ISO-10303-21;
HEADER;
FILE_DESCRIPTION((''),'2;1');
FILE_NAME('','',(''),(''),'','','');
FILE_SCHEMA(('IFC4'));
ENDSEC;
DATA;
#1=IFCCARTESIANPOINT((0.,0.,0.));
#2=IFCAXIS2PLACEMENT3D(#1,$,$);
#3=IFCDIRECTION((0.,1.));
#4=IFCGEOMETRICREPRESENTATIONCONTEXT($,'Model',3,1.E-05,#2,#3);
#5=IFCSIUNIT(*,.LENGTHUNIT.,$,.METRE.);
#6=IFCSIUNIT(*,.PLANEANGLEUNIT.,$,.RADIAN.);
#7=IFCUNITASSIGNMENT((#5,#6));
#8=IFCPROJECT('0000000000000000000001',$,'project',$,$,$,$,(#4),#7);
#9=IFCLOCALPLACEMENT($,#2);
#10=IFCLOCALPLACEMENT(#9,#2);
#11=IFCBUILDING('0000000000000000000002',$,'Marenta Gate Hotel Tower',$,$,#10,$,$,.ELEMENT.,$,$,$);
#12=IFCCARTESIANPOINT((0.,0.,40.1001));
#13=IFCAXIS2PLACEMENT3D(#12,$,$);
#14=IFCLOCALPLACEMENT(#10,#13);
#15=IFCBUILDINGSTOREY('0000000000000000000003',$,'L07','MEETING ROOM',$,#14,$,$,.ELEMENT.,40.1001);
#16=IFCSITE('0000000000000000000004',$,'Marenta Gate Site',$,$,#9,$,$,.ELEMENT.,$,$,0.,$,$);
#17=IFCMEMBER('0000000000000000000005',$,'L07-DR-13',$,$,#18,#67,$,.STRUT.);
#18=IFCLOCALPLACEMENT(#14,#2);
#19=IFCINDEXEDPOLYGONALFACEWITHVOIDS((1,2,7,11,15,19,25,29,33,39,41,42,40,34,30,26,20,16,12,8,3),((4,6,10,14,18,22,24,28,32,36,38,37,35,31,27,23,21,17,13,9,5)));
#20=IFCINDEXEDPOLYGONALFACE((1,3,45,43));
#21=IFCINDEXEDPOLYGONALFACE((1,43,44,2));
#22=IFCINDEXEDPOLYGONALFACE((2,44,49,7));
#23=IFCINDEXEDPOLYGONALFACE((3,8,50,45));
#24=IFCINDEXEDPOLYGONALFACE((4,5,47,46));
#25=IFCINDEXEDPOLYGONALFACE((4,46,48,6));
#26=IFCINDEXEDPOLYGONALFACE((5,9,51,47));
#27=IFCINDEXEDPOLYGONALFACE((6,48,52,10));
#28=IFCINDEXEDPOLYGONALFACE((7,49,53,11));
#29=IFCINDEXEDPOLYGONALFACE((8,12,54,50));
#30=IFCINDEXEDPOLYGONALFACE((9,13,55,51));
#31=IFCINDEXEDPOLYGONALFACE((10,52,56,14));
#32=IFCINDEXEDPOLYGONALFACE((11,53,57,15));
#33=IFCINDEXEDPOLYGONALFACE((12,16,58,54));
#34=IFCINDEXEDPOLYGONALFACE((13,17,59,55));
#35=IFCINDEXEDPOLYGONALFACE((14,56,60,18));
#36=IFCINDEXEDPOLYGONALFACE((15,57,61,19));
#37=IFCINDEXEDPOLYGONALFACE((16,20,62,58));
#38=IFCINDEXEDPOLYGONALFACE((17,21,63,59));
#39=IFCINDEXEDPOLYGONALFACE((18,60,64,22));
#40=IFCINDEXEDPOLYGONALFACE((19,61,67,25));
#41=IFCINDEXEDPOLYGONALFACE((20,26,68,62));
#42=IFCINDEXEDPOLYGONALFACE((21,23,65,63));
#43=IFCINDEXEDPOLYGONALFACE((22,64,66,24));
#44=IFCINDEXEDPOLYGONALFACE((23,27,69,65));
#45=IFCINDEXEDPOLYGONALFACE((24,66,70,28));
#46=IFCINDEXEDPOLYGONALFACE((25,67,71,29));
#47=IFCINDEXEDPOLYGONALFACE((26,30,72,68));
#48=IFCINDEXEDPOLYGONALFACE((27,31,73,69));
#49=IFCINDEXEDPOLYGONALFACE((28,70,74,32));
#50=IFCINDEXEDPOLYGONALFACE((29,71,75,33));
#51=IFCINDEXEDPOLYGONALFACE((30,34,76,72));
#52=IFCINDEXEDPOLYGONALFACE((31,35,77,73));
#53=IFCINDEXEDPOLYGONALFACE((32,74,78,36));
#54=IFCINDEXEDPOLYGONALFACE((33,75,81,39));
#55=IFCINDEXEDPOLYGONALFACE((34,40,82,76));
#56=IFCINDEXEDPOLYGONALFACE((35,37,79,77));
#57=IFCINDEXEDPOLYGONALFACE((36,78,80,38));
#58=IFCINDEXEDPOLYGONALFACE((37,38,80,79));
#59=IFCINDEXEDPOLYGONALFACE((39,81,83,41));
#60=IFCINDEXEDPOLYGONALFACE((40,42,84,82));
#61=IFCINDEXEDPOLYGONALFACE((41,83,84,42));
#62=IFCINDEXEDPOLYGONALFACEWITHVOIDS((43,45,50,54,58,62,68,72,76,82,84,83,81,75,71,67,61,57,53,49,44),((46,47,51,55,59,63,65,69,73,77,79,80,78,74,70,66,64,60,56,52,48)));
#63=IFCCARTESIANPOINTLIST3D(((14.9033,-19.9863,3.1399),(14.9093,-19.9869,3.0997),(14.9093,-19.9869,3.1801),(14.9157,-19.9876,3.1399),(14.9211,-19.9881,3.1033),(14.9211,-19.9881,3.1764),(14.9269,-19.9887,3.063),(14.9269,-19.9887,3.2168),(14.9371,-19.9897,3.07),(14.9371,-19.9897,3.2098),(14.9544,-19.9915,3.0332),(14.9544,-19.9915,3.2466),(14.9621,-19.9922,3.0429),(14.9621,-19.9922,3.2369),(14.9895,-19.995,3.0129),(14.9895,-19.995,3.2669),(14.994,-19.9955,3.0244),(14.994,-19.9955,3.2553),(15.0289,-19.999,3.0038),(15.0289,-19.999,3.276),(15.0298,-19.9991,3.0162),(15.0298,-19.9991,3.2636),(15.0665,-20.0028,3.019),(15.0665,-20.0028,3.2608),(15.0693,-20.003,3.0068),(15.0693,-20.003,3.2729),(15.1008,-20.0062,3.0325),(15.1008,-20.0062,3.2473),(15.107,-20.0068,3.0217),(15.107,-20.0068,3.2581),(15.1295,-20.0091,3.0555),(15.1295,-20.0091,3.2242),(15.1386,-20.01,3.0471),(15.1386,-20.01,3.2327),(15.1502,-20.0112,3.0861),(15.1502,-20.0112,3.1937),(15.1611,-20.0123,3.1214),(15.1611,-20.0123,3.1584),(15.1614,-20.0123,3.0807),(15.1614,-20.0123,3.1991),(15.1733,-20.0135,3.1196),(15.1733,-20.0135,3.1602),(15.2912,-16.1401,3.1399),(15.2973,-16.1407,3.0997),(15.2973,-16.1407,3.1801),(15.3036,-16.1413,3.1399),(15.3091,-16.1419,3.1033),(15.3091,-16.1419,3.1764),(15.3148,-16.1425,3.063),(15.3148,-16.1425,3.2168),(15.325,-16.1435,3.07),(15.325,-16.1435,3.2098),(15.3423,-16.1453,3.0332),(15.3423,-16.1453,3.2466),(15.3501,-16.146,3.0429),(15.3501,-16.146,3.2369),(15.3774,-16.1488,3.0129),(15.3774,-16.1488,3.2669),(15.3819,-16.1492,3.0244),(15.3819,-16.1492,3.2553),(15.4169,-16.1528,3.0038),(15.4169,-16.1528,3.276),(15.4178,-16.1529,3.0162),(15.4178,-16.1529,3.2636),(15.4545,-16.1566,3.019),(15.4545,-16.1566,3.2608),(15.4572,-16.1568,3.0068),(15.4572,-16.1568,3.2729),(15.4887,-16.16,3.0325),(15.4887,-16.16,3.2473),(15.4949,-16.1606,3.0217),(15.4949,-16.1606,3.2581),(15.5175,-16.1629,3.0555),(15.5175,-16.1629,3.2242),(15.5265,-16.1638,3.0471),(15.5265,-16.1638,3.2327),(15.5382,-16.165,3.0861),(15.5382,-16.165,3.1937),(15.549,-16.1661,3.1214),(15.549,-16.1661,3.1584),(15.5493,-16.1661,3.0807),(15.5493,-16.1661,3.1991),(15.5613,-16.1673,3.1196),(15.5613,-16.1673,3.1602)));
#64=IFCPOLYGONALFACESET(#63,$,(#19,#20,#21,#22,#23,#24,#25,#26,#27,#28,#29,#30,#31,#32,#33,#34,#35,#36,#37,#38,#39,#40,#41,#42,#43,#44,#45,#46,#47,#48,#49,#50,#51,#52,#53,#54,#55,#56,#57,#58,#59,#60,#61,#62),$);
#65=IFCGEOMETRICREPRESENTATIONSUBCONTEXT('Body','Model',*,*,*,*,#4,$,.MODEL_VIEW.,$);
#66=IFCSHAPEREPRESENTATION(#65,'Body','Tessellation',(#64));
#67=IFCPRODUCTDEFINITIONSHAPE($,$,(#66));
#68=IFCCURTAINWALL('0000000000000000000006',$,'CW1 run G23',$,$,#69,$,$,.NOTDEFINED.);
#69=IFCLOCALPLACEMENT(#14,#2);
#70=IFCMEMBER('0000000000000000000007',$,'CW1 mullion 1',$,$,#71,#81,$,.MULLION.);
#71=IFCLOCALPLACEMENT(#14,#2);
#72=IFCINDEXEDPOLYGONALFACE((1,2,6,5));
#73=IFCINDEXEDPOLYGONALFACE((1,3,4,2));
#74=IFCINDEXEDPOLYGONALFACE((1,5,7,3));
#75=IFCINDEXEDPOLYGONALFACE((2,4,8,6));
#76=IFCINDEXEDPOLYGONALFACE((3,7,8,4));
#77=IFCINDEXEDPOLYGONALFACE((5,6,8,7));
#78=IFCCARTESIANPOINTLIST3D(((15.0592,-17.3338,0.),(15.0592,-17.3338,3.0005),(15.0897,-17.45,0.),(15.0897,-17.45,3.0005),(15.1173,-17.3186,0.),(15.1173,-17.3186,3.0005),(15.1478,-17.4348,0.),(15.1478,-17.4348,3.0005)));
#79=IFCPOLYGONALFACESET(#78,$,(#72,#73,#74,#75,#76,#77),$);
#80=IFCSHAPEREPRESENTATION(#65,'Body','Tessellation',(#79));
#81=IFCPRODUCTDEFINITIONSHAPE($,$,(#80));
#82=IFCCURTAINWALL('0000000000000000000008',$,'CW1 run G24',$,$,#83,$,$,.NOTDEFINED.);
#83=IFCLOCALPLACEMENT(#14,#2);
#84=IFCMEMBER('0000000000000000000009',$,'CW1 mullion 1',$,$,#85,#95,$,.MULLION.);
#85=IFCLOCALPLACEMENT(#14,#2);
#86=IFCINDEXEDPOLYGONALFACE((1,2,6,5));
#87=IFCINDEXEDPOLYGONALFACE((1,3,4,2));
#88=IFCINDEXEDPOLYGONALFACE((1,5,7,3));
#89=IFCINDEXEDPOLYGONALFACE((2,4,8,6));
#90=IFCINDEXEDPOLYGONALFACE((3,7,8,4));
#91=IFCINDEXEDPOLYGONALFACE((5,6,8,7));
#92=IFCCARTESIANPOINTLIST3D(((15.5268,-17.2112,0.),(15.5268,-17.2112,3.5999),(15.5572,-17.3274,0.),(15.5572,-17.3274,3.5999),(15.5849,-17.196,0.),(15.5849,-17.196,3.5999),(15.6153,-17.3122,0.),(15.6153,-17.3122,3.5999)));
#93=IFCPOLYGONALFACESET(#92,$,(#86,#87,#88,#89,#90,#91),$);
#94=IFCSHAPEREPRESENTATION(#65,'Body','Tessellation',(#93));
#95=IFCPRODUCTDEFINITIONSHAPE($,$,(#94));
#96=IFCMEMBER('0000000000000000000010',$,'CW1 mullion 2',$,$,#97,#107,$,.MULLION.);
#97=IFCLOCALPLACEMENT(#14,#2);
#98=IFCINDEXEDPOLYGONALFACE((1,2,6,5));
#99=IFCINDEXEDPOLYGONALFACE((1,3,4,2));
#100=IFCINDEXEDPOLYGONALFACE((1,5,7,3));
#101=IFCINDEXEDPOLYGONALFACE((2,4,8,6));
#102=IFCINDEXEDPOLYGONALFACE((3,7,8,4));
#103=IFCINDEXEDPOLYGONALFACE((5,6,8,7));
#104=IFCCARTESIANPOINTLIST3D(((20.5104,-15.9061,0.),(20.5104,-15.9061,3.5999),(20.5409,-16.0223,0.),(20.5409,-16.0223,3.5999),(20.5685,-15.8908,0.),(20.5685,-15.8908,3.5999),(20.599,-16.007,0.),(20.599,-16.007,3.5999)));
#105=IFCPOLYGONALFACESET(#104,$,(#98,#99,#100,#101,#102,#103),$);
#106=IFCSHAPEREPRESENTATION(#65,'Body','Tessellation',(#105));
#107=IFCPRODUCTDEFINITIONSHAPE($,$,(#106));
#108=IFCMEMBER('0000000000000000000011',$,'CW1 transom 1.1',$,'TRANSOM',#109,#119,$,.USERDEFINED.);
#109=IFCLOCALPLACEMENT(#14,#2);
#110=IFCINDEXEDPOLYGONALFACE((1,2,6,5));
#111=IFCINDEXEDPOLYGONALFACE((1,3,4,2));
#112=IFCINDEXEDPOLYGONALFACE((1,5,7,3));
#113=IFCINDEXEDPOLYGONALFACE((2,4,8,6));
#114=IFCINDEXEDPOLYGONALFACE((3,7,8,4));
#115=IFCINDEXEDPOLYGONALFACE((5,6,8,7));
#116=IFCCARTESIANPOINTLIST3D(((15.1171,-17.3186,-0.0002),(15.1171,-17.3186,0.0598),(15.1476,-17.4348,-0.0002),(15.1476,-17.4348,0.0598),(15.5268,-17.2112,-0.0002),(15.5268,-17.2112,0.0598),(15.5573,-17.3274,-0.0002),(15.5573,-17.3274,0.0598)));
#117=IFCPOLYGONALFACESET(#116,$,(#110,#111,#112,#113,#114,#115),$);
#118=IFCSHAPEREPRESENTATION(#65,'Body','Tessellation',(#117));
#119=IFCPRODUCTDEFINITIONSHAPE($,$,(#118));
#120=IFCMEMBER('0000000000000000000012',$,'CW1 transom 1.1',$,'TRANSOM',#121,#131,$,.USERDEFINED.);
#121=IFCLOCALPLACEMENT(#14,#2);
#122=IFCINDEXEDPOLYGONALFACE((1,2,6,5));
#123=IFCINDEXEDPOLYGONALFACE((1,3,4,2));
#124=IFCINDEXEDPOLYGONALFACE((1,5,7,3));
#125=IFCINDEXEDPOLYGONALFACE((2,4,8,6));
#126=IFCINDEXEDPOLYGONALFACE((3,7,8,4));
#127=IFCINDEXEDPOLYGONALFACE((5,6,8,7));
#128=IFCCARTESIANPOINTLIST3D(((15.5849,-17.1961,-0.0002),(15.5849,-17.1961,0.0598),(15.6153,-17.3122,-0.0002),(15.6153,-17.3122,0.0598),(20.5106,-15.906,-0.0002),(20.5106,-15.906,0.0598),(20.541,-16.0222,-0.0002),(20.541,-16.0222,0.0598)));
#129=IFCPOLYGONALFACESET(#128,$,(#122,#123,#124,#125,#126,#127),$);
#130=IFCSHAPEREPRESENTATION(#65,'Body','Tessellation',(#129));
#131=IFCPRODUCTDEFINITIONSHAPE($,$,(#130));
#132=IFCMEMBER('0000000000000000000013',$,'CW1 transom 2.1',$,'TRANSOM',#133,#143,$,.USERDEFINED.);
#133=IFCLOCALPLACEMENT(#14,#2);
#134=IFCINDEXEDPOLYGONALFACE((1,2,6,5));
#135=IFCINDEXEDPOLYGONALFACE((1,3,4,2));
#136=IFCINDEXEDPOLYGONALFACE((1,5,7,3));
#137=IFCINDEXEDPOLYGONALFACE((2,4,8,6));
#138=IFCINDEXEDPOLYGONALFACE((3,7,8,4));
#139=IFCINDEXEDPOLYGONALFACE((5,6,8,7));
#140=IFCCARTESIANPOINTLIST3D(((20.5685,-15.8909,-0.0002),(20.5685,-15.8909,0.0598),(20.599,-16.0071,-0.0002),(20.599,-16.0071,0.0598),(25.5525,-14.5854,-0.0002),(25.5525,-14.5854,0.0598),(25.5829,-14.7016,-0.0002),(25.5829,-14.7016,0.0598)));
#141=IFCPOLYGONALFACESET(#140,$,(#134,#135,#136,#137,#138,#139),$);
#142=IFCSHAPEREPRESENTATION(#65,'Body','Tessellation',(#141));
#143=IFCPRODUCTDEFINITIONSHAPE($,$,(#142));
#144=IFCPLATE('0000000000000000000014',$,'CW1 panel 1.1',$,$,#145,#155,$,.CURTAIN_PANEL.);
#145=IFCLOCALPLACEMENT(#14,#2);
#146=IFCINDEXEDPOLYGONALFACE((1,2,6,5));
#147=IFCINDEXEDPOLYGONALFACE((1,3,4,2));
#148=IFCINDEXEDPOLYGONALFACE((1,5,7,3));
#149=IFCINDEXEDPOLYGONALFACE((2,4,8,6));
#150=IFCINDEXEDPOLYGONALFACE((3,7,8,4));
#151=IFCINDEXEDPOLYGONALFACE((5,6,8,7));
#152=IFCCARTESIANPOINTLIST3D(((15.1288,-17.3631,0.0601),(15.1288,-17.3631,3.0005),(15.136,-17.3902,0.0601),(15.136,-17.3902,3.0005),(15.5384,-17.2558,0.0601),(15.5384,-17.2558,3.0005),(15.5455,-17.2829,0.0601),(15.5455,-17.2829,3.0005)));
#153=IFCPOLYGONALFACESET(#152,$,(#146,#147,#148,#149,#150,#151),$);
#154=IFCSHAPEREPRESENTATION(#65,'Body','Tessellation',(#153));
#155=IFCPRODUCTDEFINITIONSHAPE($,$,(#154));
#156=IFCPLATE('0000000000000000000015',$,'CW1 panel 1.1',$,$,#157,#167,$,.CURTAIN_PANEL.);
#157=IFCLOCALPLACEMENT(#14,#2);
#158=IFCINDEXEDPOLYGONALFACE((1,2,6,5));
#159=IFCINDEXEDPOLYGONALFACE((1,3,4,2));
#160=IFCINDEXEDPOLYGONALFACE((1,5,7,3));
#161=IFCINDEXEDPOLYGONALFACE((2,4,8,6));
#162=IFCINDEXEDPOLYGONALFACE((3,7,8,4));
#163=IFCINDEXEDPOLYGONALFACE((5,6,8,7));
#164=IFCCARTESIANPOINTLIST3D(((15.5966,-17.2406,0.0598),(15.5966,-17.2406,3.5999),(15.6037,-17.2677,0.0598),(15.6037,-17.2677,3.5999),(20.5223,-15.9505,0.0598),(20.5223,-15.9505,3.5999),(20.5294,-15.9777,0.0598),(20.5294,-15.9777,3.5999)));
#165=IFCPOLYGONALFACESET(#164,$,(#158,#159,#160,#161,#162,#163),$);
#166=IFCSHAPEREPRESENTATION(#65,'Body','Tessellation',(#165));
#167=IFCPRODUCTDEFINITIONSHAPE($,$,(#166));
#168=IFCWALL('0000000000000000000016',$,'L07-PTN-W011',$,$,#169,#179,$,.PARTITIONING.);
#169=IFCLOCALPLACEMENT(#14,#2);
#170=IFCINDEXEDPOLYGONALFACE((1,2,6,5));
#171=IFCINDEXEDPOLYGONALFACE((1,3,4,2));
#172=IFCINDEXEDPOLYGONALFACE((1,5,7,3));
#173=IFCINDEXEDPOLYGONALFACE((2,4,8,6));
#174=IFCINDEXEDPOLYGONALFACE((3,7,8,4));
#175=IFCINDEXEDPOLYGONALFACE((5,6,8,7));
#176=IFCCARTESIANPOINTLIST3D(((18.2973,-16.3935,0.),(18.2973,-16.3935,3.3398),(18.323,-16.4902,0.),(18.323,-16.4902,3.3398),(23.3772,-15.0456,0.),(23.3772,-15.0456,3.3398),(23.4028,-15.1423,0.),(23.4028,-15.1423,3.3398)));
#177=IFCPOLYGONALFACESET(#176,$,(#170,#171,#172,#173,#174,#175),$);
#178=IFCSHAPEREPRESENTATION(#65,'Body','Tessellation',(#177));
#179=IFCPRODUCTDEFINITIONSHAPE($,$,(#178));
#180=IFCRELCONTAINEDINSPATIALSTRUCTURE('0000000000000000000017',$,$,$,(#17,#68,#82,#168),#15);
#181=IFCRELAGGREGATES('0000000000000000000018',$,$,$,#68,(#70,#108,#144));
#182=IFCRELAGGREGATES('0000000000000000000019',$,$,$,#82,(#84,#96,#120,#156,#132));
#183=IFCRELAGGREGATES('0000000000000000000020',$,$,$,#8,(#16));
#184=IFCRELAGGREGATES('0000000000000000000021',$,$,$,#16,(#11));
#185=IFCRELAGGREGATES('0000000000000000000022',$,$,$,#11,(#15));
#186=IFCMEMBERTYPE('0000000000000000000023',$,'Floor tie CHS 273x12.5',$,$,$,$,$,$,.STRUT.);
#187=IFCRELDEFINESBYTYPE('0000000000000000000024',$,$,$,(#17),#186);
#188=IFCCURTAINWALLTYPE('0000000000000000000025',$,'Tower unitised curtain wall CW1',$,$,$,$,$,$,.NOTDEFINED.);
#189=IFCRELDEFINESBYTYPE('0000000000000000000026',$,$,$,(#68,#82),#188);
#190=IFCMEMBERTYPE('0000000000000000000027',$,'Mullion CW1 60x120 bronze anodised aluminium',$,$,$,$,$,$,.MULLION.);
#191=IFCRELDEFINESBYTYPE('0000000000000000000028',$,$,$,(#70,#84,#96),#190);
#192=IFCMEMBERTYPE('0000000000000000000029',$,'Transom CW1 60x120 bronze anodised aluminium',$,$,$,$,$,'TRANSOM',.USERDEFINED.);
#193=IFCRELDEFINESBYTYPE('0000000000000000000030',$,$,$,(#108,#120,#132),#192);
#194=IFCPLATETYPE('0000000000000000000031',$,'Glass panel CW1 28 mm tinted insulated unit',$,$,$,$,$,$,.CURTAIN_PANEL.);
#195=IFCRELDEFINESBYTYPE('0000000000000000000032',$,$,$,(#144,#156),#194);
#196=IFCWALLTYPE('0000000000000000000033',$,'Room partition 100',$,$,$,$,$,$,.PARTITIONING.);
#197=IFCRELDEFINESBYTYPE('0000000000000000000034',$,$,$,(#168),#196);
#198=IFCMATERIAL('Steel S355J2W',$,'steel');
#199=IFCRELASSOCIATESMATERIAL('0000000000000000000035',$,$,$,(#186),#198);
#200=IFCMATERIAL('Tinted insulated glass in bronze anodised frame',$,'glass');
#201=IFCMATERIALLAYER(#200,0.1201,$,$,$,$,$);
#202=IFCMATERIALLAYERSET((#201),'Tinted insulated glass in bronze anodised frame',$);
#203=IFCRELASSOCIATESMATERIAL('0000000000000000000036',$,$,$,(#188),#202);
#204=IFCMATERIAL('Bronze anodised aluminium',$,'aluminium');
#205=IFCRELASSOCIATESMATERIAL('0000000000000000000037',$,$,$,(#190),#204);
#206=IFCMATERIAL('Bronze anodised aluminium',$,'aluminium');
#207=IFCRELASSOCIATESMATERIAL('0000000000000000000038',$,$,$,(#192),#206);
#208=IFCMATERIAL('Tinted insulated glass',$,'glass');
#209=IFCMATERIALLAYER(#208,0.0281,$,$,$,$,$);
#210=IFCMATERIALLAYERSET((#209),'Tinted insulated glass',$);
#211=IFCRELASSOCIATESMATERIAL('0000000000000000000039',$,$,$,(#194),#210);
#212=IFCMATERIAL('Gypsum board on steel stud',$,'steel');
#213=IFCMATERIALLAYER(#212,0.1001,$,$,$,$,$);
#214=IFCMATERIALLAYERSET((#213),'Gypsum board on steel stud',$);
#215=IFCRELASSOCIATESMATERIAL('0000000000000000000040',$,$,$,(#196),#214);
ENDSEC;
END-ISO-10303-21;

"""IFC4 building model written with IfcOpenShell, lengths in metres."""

from ifc_helpers import new_model, si_unit, direction, frame, frame_2d, origin, origin_2d, place, context, subcontext, project, spatial, rectangle, hollow_circle, extrude, material, layer, layer_set, material_profile, profile_set, type_object, element, aggregate, save


model = new_model("IFC4")

# Units and contexts
model_context = context("Model", 3, precision=1e-05, world=origin(), true_north=direction((0.0, 1.0)))
body_context = subcontext(model_context, "Body", "Model", "MODEL_VIEW")
ifc_project = project(units=[si_unit("LENGTHUNIT", "METRE"), si_unit("PLANEANGLEUNIT", "RADIAN")], contexts=[model_context])

# Site, building, storey
site_placement = place(None, origin())
site = spatial("IfcSite", under=ifc_project, at=site_placement, Name="Marenta Gate Site", CompositionType="ELEMENT", RefElevation=0.0)
building_placement = place(site_placement, origin())
building = spatial("IfcBuilding", under=site, at=building_placement, Name="Marenta Gate Hotel Tower", CompositionType="ELEMENT")
storey_placement = place(building_placement, frame((0.0, 0.0, 40.1001)))
storey = spatial("IfcBuildingStorey", under=building, at=storey_placement, Name="L07", Description="MEETING ROOM", CompositionType="ELEMENT", Elevation=40.1001)

# Member
ifc_material_1 = material(Name="Steel S355J2W", Category="steel")
ifc_material_profile_1 = material_profile(ifc_material_1, hollow_circle(Radius=0.1365, WallThickness=0.0125, at=origin_2d()), Name="CHS 273x12.5")
ifc_profile_set_1 = profile_set([ifc_material_profile_1], Name="Steel S355J2W")
member_type_1 = type_object("IfcMemberType", Name="Floor tie CHS 273x12.5", PredefinedType="STRUT", material=ifc_profile_set_1)
member_1_placement = place(storey_placement, frame((15.0391, -20.0, 3.1399), z_axis=(0.100354, 0.994952, 0.0), x_axis=(-0.994952, 0.100354, 0.0)))
element("IfcMember", 1, at=member_1_placement, inside=storey, type_object=member_type_1, Name="L07-DR-13", PredefinedType="STRUT", context=body_context, shape_type="SweptSolid", body=[
    extrude(hollow_circle(Radius=0.1365, WallThickness=0.0125, at=origin_2d()), origin(), (0.0, 0.0, 1.0), 3.8657),
])

# Curtain wall, member
ifc_material_2 = material(Name="Tinted insulated glass in bronze anodised frame", Category="glass")
ifc_layer_1 = layer(ifc_material_2, 0.1201)
ifc_layer_set_1 = layer_set([ifc_layer_1], Name="Tinted insulated glass in bronze anodised frame")
curtain_wall_type = type_object("IfcCurtainWallType", Name="Tower unitised curtain wall CW1", PredefinedType="NOTDEFINED", material=ifc_layer_set_1)
curtain_wall_1_placement = place(storey_placement, origin())
curtain_wall_1 = element("IfcCurtainWall", 2, at=curtain_wall_1_placement, inside=storey, type_object=curtain_wall_type, Name="CW1 run G23", PredefinedType="NOTDEFINED")
ifc_material_3 = material(Name="Bronze anodised aluminium", Category="aluminium")
ifc_material_profile_2 = material_profile(ifc_material_3, rectangle(XDim=0.1201, YDim=0.0601, at=origin_2d()), Name="Mullion CW1 60x120 bronze anodised aluminium")
ifc_profile_set_2 = profile_set([ifc_material_profile_2], Name="Bronze anodised aluminium")
member_type_2 = type_object("IfcMemberType", Name="Mullion CW1 60x120 bronze anodised aluminium", PredefinedType="MULLION", material=ifc_profile_set_2)
member_2_placement = place(storey_placement, frame((15.1035, -17.3843, 0.0), z_axis=(0.0, 0.0, 1.0), x_axis=(-0.253424, 0.967355, 0.0)))
member_2 = element("IfcMember", 3, at=member_2_placement, type_object=member_type_2, Name="CW1 mullion 1", PredefinedType="MULLION", context=body_context, shape_type="SweptSolid", body=[
    extrude(rectangle(XDim=0.1201, YDim=0.0601, at=origin_2d()), origin(), (0.0, 0.0, 1.0), 3.0005),
])

# Curtain wall, members
curtain_wall_2_placement = place(storey_placement, origin())
curtain_wall_2 = element("IfcCurtainWall", 4, at=curtain_wall_2_placement, inside=storey, type_object=curtain_wall_type, Name="CW1 run G24", PredefinedType="NOTDEFINED")
member_3_placement = place(storey_placement, frame((15.571, -17.2617, 0.0), z_axis=(0.0, 0.0, 1.0), x_axis=(-0.253364, 0.967371, 0.0)))
member_3 = element("IfcMember", 5, at=member_3_placement, type_object=member_type_2, Name="CW1 mullion 1", PredefinedType="MULLION", context=body_context, shape_type="SweptSolid", body=[
    extrude(rectangle(XDim=0.1201, YDim=0.0601, at=origin_2d()), origin(), (0.0, 0.0, 1.0), 3.5999),
])
member_4_placement = place(storey_placement, frame((20.5547, -15.9565, 0.0), z_axis=(0.0, 0.0, 1.0), x_axis=(-0.253364, 0.967371, 0.0)))
member_4 = element("IfcMember", 6, at=member_4_placement, type_object=member_type_2, Name="CW1 mullion 2", PredefinedType="MULLION", context=body_context, shape_type="SweptSolid", body=[
    extrude(rectangle(XDim=0.1201, YDim=0.0601, at=origin_2d()), origin(), (0.0, 0.0, 1.0), 3.5999),
])

# Members
ifc_material_4 = material(Name="Bronze anodised aluminium", Category="aluminium")
ifc_material_profile_3 = material_profile(ifc_material_4, rectangle(XDim=0.1201, YDim=0.0601, at=origin_2d()), Name="Transom CW1 60x120 bronze anodised aluminium")
ifc_profile_set_3 = profile_set([ifc_material_profile_3], Name="Bronze anodised aluminium")
member_type_3 = type_object("IfcMemberType", Name="Transom CW1 60x120 bronze anodised aluminium", ElementType="TRANSOM", PredefinedType="USERDEFINED", material=ifc_profile_set_3)
member_5_placement = place(storey_placement, frame((15.1323, -17.3767, 0.0298), z_axis=(0.967298, 0.253642, 0.0), x_axis=(-0.253642, 0.967298, 0.0)))
member_5 = element("IfcMember", 7, at=member_5_placement, type_object=member_type_3, Name="CW1 transom 1.1", ObjectType="TRANSOM", PredefinedType="USERDEFINED", context=body_context, shape_type="SweptSolid", body=[
    extrude(rectangle(XDim=0.1201, YDim=0.0601, at=origin_2d()), origin(), (0.0, 0.0, 1.0), 0.4236),
])
member_6_placement = place(storey_placement, frame((15.6001, -17.2542, 0.0298), z_axis=(0.967374, 0.253351, 0.0), x_axis=(-0.253351, 0.967374, 0.0)))
member_6 = element("IfcMember", 8, at=member_6_placement, type_object=member_type_3, Name="CW1 transom 1.1", ObjectType="TRANSOM", PredefinedType="USERDEFINED", context=body_context, shape_type="SweptSolid", body=[
    extrude(rectangle(XDim=0.1201, YDim=0.0601, at=origin_2d()), origin(), (0.0, 0.0, 1.0), 5.0918),
])
member_7_placement = place(storey_placement, frame((20.5837, -15.949, 0.0298), z_axis=(0.967367, 0.253381, 0.0), x_axis=(-0.253381, 0.967367, 0.0)))
member_7 = element("IfcMember", 9, at=member_7_placement, type_object=member_type_3, Name="CW1 transom 2.1", ObjectType="TRANSOM", PredefinedType="USERDEFINED", context=body_context, shape_type="SweptSolid", body=[
    extrude(rectangle(XDim=0.1201, YDim=0.0601, at=origin_2d()), origin(), (0.0, 0.0, 1.0), 5.1521),
])

# Plates
ifc_material_5 = material(Name="Tinted insulated glass", Category="glass")
ifc_layer_2 = layer(ifc_material_5, 0.0281)
ifc_layer_set_2 = layer_set([ifc_layer_2], Name="Tinted insulated glass")
plate_type = type_object("IfcPlateType", Name="Glass panel CW1 28 mm tinted insulated unit", PredefinedType="CURTAIN_PANEL", material=ifc_layer_set_2)
plate_1_placement = place(storey_placement, frame((15.3372, -17.323, 0.0601), z_axis=(0.0, 0.0, 1.0), x_axis=(0.967355, 0.253424, 0.0)))
plate_1 = element("IfcPlate", 10, at=plate_1_placement, type_object=plate_type, Name="CW1 panel 1.1", PredefinedType="CURTAIN_PANEL", context=body_context, shape_type="SweptSolid", body=[
    extrude(rectangle(XDim=0.4233, YDim=0.0281, at=origin_2d()), origin(), (0.0, 0.0, 1.0), 2.9404),
])
aggregate(curtain_wall_1, [member_2, member_5, plate_1])
plate_2_placement = place(storey_placement, frame((18.063, -16.6091, 0.0598), z_axis=(0.0, 0.0, 1.0), x_axis=(0.967371, 0.253364, 0.0)))
plate_2 = element("IfcPlate", 11, at=plate_2_placement, type_object=plate_type, Name="CW1 panel 1.1", PredefinedType="CURTAIN_PANEL", context=body_context, shape_type="SweptSolid", body=[
    extrude(rectangle(XDim=5.0918, YDim=0.0281, at=origin_2d()), origin(), (0.0, 0.0, 1.0), 3.54),
])
aggregate(curtain_wall_2, [member_3, member_4, member_6, plate_2, member_7])

# Wall
ifc_material_6 = material(Name="Gypsum board on steel stud", Category="steel")
ifc_layer_3 = layer(ifc_material_6, 0.1001)
ifc_layer_set_3 = layer_set([ifc_layer_3], Name="Gypsum board on steel stud")
wall_type_1 = type_object("IfcWallType", Name="Room partition 100", PredefinedType="PARTITIONING", material=ifc_layer_set_3)
wall_1_placement = place(storey_placement, frame((18.3101, -16.4419, 0.0), z_axis=(0.0, 0.0, 1.0), x_axis=(0.966553, 0.256468, 0.0)))
element("IfcWall", 12, at=wall_1_placement, inside=storey, type_object=wall_type_1, Name="L07-PTN-W011", PredefinedType="PARTITIONING", context=body_context, shape_type="SweptSolid", body=[
    extrude(rectangle(XDim=5.2556, YDim=0.1001, at=frame_2d((2.6279, 0.0))), origin(), (0.0, 0.0, 1.0), 3.3398),
])

save(model, "model.ifc")
